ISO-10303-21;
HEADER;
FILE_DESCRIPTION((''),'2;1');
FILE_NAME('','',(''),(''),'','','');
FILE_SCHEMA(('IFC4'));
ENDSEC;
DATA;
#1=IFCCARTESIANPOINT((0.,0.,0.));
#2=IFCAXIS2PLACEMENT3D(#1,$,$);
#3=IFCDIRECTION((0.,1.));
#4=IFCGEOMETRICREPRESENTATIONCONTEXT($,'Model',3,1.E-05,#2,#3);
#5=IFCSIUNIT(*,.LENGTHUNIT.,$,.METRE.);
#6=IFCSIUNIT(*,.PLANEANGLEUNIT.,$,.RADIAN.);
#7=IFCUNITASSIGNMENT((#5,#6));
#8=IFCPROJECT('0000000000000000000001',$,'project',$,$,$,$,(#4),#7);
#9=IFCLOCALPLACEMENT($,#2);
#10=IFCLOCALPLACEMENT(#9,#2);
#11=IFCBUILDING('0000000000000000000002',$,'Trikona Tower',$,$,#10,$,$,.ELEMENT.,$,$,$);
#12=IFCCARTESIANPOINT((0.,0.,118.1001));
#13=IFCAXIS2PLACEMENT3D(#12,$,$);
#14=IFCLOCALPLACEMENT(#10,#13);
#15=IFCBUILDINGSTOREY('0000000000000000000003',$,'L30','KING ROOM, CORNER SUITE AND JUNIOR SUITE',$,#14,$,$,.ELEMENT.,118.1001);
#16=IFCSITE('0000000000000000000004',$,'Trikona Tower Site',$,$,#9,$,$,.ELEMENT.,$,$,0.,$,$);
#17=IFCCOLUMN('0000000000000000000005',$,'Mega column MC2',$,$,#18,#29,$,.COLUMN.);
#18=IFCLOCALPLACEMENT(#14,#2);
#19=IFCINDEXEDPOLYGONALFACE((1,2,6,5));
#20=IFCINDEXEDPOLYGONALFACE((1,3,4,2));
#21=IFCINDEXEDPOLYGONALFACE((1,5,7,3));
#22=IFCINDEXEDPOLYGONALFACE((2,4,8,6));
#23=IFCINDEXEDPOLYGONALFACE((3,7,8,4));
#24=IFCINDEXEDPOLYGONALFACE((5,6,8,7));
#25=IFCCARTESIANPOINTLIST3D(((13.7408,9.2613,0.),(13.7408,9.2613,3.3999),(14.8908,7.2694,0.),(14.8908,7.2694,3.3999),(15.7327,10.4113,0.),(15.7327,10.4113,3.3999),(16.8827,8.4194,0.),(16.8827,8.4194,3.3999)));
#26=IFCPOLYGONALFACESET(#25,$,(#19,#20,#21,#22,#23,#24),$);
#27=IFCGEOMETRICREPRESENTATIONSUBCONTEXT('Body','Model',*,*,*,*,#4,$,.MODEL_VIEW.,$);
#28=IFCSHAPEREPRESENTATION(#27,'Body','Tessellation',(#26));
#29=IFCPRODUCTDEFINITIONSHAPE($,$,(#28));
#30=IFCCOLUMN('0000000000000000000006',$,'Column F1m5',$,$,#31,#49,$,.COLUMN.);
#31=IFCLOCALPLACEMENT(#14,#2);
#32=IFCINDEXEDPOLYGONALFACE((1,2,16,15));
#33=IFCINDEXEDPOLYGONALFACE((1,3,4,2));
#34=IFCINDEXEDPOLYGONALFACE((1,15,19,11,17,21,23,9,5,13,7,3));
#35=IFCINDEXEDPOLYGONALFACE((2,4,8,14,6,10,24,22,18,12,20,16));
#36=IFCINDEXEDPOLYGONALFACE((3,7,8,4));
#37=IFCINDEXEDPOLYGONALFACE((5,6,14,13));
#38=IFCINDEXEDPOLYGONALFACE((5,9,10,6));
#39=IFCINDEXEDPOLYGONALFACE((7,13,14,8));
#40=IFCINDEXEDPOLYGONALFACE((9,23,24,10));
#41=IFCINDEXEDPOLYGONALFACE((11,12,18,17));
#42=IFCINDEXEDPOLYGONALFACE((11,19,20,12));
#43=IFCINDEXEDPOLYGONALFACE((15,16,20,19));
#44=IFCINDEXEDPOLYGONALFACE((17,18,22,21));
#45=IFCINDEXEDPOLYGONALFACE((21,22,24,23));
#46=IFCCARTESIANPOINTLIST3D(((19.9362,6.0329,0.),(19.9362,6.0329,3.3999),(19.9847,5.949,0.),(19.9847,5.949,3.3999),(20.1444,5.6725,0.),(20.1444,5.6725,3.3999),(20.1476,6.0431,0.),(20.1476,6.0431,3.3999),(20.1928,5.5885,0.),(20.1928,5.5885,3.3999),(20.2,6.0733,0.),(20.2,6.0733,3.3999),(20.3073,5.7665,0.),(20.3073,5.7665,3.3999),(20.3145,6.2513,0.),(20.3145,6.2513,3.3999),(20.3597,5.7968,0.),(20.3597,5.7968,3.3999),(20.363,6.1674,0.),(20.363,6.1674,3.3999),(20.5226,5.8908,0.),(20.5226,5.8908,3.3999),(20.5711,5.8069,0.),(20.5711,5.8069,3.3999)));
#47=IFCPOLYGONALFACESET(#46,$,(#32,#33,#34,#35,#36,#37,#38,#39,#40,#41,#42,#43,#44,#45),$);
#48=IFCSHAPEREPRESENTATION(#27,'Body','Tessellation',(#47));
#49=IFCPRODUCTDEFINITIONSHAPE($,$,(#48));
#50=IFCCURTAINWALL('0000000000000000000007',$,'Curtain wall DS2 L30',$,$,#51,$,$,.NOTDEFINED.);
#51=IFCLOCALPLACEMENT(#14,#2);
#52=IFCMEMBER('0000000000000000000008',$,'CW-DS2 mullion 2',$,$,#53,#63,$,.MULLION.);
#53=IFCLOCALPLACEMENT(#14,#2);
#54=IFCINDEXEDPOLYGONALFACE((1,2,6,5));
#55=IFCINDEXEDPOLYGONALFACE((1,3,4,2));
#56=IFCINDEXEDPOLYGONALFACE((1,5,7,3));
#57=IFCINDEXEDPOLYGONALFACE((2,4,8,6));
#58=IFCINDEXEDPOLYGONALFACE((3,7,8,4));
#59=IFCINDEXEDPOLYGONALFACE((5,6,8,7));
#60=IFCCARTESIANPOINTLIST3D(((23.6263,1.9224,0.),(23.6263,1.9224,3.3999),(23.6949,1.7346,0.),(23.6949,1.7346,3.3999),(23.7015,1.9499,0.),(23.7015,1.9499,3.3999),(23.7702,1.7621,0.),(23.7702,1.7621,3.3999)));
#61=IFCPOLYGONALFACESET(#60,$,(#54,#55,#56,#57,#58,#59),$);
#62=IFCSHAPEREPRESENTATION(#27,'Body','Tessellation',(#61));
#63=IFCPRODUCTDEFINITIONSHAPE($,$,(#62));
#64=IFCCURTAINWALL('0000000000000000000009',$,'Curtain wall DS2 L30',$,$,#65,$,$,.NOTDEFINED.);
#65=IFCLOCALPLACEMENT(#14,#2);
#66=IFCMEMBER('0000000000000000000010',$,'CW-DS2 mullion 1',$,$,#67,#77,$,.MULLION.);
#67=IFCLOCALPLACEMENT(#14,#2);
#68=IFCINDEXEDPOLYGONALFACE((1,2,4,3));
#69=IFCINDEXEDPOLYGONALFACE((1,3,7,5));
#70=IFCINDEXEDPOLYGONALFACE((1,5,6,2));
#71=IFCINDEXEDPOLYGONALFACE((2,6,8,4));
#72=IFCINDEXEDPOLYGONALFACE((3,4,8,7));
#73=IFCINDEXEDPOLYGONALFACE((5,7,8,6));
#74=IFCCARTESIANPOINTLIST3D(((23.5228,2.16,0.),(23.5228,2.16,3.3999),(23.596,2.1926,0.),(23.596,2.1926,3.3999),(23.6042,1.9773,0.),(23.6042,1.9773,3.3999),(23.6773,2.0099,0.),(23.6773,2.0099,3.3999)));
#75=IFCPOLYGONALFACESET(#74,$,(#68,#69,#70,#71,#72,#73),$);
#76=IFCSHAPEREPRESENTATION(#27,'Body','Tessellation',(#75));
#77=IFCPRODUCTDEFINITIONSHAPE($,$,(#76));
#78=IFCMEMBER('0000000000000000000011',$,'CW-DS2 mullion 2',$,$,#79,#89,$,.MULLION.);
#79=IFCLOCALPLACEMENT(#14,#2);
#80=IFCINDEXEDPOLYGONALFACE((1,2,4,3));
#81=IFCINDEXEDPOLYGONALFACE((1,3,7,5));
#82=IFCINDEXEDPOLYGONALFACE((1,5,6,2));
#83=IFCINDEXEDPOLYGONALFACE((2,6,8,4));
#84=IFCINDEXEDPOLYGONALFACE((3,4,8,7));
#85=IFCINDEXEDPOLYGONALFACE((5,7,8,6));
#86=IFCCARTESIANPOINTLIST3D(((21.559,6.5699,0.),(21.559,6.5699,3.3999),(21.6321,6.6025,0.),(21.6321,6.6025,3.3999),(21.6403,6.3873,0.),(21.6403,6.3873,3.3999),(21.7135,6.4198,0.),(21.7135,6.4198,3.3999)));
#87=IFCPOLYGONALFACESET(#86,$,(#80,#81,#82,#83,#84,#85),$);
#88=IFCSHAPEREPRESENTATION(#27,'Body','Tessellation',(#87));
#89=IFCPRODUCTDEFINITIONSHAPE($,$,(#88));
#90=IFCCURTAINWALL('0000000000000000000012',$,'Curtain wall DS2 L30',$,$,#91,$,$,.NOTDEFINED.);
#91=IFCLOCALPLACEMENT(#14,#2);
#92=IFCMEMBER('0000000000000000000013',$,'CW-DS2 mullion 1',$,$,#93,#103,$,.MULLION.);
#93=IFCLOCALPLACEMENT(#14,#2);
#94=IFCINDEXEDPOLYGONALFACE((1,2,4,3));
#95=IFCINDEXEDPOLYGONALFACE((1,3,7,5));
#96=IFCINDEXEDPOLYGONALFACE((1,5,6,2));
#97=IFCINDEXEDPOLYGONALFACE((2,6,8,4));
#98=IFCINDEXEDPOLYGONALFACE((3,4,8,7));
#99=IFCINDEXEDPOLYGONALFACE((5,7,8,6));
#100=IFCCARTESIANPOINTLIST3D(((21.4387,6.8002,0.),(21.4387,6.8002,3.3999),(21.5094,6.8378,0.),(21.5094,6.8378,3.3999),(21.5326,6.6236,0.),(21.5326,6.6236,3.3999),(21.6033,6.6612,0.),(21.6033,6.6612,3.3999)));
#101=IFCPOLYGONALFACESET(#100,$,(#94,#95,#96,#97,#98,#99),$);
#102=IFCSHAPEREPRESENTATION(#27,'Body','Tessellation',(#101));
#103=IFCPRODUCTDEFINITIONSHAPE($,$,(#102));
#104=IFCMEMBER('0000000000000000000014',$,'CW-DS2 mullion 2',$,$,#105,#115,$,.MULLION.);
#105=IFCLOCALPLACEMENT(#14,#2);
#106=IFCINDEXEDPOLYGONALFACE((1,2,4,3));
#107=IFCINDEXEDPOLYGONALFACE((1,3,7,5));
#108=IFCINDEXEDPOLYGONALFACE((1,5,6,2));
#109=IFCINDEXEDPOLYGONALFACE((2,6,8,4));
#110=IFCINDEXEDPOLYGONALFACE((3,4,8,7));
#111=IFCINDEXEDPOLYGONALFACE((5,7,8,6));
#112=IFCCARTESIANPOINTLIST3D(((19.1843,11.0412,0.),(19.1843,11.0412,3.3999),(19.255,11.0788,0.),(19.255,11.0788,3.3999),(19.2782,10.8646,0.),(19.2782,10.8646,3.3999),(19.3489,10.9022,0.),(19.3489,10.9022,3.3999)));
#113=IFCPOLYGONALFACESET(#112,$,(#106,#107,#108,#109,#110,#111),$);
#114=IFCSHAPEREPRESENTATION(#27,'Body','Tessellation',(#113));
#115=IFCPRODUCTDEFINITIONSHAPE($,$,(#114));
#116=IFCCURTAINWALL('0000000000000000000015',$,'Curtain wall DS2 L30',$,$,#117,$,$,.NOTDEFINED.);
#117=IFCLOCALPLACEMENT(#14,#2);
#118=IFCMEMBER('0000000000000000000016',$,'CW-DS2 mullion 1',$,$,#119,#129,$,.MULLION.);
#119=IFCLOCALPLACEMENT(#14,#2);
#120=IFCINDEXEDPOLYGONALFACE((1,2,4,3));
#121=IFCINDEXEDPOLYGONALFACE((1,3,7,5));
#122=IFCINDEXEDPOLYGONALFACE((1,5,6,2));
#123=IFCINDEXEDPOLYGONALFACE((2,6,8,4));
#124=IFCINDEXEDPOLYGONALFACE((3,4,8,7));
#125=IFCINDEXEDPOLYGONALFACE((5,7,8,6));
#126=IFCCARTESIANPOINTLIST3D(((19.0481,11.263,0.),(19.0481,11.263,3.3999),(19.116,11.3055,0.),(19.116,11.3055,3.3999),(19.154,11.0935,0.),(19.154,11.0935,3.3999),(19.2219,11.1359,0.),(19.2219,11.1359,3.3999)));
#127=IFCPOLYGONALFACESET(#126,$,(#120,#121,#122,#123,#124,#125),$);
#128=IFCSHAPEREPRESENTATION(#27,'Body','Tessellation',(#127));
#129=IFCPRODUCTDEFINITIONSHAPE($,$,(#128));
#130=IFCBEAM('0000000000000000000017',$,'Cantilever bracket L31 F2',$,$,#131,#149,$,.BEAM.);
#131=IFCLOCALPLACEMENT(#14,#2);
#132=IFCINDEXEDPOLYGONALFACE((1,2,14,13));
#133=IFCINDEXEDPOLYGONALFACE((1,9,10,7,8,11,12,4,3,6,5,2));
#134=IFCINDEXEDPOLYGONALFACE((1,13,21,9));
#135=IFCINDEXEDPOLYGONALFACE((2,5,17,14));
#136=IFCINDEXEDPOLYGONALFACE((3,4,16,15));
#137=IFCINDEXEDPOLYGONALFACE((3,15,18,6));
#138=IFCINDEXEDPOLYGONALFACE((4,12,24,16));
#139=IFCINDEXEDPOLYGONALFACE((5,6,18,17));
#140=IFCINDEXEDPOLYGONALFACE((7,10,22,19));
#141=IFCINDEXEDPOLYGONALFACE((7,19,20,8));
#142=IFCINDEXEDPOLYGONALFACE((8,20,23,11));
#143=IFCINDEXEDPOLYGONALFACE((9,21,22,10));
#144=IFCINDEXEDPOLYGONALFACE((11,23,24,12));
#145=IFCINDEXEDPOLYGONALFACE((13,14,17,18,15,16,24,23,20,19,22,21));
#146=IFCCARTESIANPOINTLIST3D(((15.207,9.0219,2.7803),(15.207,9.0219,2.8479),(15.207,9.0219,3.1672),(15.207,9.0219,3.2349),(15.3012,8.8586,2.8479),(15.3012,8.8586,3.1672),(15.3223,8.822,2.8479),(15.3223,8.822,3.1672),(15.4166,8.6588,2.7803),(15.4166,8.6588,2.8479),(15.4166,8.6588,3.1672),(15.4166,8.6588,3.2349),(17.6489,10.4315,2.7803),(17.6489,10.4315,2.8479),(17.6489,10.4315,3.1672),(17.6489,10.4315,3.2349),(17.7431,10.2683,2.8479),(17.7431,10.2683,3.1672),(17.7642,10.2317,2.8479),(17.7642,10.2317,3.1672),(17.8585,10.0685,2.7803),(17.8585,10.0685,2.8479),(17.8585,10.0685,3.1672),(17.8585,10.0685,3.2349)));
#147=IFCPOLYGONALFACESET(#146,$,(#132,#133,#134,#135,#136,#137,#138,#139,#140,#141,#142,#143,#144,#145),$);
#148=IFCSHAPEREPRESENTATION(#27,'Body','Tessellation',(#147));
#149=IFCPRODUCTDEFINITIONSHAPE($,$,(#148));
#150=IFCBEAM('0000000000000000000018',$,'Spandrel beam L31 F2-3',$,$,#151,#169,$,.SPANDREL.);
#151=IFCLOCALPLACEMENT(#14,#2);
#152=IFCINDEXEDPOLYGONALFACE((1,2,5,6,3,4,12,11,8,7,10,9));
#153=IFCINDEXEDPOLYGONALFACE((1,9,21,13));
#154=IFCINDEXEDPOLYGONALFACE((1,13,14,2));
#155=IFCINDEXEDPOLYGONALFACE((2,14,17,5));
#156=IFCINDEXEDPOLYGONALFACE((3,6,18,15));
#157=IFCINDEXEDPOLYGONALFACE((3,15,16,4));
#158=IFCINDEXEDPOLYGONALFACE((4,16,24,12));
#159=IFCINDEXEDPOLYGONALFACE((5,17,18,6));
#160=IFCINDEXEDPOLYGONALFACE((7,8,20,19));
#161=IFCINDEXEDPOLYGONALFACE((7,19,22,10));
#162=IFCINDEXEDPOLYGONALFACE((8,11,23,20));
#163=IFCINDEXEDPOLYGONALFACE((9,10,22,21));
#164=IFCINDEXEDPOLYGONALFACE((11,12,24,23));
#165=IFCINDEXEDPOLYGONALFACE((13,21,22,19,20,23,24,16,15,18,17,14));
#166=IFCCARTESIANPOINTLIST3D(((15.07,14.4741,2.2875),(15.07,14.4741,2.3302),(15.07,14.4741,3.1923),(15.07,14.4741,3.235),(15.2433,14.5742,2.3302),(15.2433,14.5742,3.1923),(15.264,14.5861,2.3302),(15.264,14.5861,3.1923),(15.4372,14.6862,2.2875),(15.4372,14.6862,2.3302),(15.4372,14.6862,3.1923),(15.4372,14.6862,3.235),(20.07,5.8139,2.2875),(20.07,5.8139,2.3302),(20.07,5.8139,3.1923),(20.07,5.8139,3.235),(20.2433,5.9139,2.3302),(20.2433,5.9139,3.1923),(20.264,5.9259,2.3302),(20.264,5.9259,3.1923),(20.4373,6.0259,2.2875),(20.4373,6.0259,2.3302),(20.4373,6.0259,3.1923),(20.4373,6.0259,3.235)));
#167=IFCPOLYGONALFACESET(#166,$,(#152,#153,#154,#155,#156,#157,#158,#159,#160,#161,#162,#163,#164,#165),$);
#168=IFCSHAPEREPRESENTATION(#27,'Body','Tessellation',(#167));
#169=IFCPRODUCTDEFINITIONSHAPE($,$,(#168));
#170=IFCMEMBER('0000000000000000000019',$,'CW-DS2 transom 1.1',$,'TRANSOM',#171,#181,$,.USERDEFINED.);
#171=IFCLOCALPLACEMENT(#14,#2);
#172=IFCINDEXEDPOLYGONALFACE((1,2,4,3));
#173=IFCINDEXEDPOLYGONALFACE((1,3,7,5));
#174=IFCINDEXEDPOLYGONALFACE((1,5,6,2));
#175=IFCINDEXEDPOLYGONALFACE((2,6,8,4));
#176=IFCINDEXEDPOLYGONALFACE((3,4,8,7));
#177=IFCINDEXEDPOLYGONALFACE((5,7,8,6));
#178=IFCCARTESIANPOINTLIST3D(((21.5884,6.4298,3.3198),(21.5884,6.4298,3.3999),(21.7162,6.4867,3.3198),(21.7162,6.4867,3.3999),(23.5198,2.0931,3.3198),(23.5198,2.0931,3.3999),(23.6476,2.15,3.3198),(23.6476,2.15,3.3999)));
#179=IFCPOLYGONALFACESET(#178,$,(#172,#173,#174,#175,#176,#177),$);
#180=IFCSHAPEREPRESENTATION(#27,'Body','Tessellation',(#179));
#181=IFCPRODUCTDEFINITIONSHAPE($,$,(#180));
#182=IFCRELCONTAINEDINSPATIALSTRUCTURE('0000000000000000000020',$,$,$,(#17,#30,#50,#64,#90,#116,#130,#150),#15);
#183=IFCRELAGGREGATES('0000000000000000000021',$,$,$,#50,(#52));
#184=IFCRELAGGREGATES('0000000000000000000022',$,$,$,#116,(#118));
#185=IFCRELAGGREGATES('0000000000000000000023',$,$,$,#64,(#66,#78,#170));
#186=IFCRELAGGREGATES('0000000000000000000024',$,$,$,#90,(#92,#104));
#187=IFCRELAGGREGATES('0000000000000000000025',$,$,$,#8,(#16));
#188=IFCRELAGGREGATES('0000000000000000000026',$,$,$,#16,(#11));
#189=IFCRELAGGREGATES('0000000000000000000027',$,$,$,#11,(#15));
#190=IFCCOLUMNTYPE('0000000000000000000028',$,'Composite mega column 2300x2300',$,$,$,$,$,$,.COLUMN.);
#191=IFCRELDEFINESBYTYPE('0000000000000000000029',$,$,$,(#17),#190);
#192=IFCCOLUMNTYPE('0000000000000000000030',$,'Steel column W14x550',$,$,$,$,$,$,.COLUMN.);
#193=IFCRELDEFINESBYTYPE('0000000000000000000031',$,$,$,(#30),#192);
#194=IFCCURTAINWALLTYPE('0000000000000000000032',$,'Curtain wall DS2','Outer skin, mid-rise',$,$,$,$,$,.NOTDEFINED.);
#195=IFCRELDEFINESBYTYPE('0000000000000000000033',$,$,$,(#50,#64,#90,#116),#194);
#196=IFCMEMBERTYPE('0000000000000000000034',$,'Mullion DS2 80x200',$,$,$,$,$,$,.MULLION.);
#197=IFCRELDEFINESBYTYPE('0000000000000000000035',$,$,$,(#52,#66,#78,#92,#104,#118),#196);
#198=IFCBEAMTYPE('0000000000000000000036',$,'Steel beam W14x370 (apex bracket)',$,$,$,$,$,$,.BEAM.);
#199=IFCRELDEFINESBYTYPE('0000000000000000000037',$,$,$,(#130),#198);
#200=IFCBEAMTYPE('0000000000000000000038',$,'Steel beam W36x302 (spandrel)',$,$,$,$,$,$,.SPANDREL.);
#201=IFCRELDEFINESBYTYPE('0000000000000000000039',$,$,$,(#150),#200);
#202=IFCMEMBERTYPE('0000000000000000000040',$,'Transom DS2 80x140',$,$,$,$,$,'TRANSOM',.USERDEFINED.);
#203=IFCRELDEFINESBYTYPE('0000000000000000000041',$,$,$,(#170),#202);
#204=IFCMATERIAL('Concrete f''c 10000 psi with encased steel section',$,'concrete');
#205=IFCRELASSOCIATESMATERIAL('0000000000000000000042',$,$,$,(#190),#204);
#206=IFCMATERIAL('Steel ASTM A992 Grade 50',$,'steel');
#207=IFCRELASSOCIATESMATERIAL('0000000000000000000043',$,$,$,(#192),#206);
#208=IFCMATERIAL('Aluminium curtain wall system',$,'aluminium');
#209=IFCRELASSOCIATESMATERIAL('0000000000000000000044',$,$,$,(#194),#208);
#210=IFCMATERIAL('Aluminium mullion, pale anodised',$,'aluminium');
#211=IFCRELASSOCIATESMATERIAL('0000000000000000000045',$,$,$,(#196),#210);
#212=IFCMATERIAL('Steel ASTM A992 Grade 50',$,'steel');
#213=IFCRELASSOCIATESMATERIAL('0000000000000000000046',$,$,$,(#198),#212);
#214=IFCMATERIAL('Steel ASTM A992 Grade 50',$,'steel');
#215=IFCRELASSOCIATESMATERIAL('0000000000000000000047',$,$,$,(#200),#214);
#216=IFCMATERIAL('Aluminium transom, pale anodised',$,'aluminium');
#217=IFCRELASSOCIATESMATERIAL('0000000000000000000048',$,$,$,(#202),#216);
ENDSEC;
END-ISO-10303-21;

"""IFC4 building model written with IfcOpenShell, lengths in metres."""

from ifc_helpers import new_model, si_unit, direction, frame, origin, origin_2d, place, context, subcontext, project, spatial, rectangle, i_section, extrude, material, material_profile, profile_set, type_object, element, aggregate, save


model = new_model("IFC4")

# Units and contexts
model_context = context("Model", 3, precision=1e-05, world=origin(), true_north=direction((0.0, 1.0)))
body_context = subcontext(model_context, "Body", "Model", "MODEL_VIEW")
ifc_project = project(units=[si_unit("LENGTHUNIT", "METRE"), si_unit("PLANEANGLEUNIT", "RADIAN")], contexts=[model_context])

# Site, building, storey
site_placement = place(None, origin())
site = spatial("IfcSite", under=ifc_project, at=site_placement, Name="Trikona Tower Site", CompositionType="ELEMENT", RefElevation=0.0)
building_placement = place(site_placement, origin())
building = spatial("IfcBuilding", under=site, at=building_placement, Name="Trikona Tower", CompositionType="ELEMENT")
storey_placement = place(building_placement, frame((0.0, 0.0, 118.1001)))
storey = spatial("IfcBuildingStorey", under=building, at=storey_placement, Name="L30", Description="KING ROOM, CORNER SUITE AND JUNIOR SUITE", CompositionType="ELEMENT", Elevation=118.1001)

# Columns
ifc_material_1 = material(Name="Concrete f'c 10000 psi with encased steel section", Category="concrete")
ifc_material_profile_1 = material_profile(ifc_material_1, rectangle(XDim=2.3, YDim=2.3, at=origin_2d()), Name="MC2300")
ifc_profile_set_1 = profile_set([ifc_material_profile_1], Name="Concrete f'c 10000 psi with encased steel section")
column_type_1 = type_object("IfcColumnType", Name="Composite mega column 2300x2300", PredefinedType="COLUMN", material=ifc_profile_set_1)
column_1_placement = place(storey_placement, frame((15.3118, 8.8403, 0.0), z_axis=(0.0, 0.0, 1.0), x_axis=(0.866025, 0.5, 0.0)))
element("IfcColumn", 1, at=column_1_placement, inside=storey, type_object=column_type_1, Name="Mega column MC2", PredefinedType="COLUMN", context=body_context, shape_type="SweptSolid", body=[
    extrude(rectangle(XDim=2.3, YDim=2.3, at=origin_2d()), origin(), (0.0, 0.0, 1.0), 3.3999),
])
ifc_material_2 = material(Name="Steel ASTM A992 Grade 50", Category="steel")
ifc_material_profile_2 = material_profile(ifc_material_2, i_section(OverallWidth=0.4368, OverallDepth=0.5132, WebThickness=0.0605, FlangeThickness=0.0969, at=origin_2d()), Name="W14X550")
ifc_profile_set_2 = profile_set([ifc_material_profile_2], Name="Steel ASTM A992 Grade 50")
column_type_2 = type_object("IfcColumnType", Name="Steel column W14x550", PredefinedType="COLUMN", material=ifc_profile_set_2)
column_2_placement = place(storey_placement, frame((20.2537, 5.9199, 0.0), z_axis=(0.0, 0.0, 1.0), x_axis=(0.866025, 0.5, 0.0)))
element("IfcColumn", 2, at=column_2_placement, inside=storey, type_object=column_type_2, Name="Column F1m5", PredefinedType="COLUMN", context=body_context, shape_type="SweptSolid", body=[
    extrude(i_section(OverallWidth=0.4368, OverallDepth=0.5132, WebThickness=0.0605, FlangeThickness=0.0969, at=origin_2d()), origin(), (0.0, 0.0, 1.0), 3.3999),
])

# Curtain wall, member
ifc_material_3 = material(Name="Aluminium curtain wall system", Category="aluminium")
curtain_wall_type = type_object("IfcCurtainWallType", Name="Curtain wall DS2", Description="Outer skin, mid-rise", PredefinedType="NOTDEFINED", material=ifc_material_3)
curtain_wall_1_placement = place(storey_placement, origin())
curtain_wall_1 = element("IfcCurtainWall", 3, at=curtain_wall_1_placement, inside=storey, type_object=curtain_wall_type, Name="Curtain wall DS2 L30", PredefinedType="NOTDEFINED")
ifc_material_4 = material(Name="Aluminium mullion, pale anodised", Category="aluminium")
ifc_material_profile_3 = material_profile(ifc_material_4, rectangle(XDim=0.0801, YDim=0.2, at=origin_2d()), Name="MUL-DS2")
ifc_profile_set_3 = profile_set([ifc_material_profile_3], Name="Aluminium mullion, pale anodised")
member_type_1 = type_object("IfcMemberType", Name="Mullion DS2 80x200", PredefinedType="MULLION", material=ifc_profile_set_3)
member_1_placement = place(storey_placement, frame((23.6982, 1.8423, 0.0), z_axis=(0.0, 0.0, 1.0), x_axis=(-0.939254, -0.343223, 0.0)))
member_1 = element("IfcMember", 4, at=member_1_placement, type_object=member_type_1, Name="CW-DS2 mullion 2", PredefinedType="MULLION", context=body_context, shape_type="SweptSolid", body=[
    extrude(rectangle(XDim=0.0801, YDim=0.2, at=origin_2d()), origin(), (0.0, 0.0, 1.0), 3.3999),
])
aggregate(curtain_wall_1, [member_1])

# Curtain walls, members
curtain_wall_2_placement = place(storey_placement, origin())
curtain_wall_2 = element("IfcCurtainWall", 5, at=curtain_wall_2_placement, inside=storey, type_object=curtain_wall_type, Name="Curtain wall DS2 L30", PredefinedType="NOTDEFINED")
member_2_placement = place(storey_placement, frame((23.6001, 2.085, 0.0), z_axis=(0.0, 0.0, 1.0), x_axis=(-0.913501, -0.406836, 0.0)))
member_2 = element("IfcMember", 6, at=member_2_placement, type_object=member_type_1, Name="CW-DS2 mullion 1", PredefinedType="MULLION", context=body_context, shape_type="SweptSolid", body=[
    extrude(rectangle(XDim=0.0801, YDim=0.2, at=origin_2d()), origin(), (0.0, 0.0, 1.0), 3.3999),
])
member_3_placement = place(storey_placement, frame((21.6362, 6.4949, 0.0), z_axis=(0.0, 0.0, 1.0), x_axis=(-0.913501, -0.406836, 0.0)))
member_3 = element("IfcMember", 7, at=member_3_placement, type_object=member_type_1, Name="CW-DS2 mullion 2", PredefinedType="MULLION", context=body_context, shape_type="SweptSolid", body=[
    extrude(rectangle(XDim=0.0801, YDim=0.2, at=origin_2d()), origin(), (0.0, 0.0, 1.0), 3.3999),
])
curtain_wall_3_placement = place(storey_placement, origin())
curtain_wall_3 = element("IfcCurtainWall", 8, at=curtain_wall_3_placement, inside=storey, type_object=curtain_wall_type, Name="Curtain wall DS2 L30", PredefinedType="NOTDEFINED")
member_4_placement = place(storey_placement, frame((21.521, 6.7307, 0.0), z_axis=(0.0, 0.0, 1.0), x_axis=(-0.882996, -0.46938, 0.0)))
member_4 = element("IfcMember", 9, at=member_4_placement, type_object=member_type_1, Name="CW-DS2 mullion 1", PredefinedType="MULLION", context=body_context, shape_type="SweptSolid", body=[
    extrude(rectangle(XDim=0.0801, YDim=0.2, at=origin_2d()), origin(), (0.0, 0.0, 1.0), 3.3999),
])
member_5_placement = place(storey_placement, frame((19.2666, 10.9717, 0.0), z_axis=(0.0, 0.0, 1.0), x_axis=(-0.882996, -0.46938, 0.0)))
member_5 = element("IfcMember", 10, at=member_5_placement, type_object=member_type_1, Name="CW-DS2 mullion 2", PredefinedType="MULLION", context=body_context, shape_type="SweptSolid", body=[
    extrude(rectangle(XDim=0.0801, YDim=0.2, at=origin_2d()), origin(), (0.0, 0.0, 1.0), 3.3999),
])

# Curtain wall, member
curtain_wall_4_placement = place(storey_placement, origin())
curtain_wall_4 = element("IfcCurtainWall", 11, at=curtain_wall_4_placement, inside=storey, type_object=curtain_wall_type, Name="Curtain wall DS2 L30", PredefinedType="NOTDEFINED")
member_6_placement = place(storey_placement, frame((19.135, 11.1995, 0.0), z_axis=(0.0, 0.0, 1.0), x_axis=(-0.847998, -0.529999, 0.0)))
member_6 = element("IfcMember", 12, at=member_6_placement, type_object=member_type_1, Name="CW-DS2 mullion 1", PredefinedType="MULLION", context=body_context, shape_type="SweptSolid", body=[
    extrude(rectangle(XDim=0.0801, YDim=0.2, at=origin_2d()), origin(), (0.0, 0.0, 1.0), 3.3999),
])
aggregate(curtain_wall_4, [member_6])

# Beams
ifc_material_5 = material(Name="Steel ASTM A992 Grade 50", Category="steel")
ifc_material_profile_4 = material_profile(ifc_material_5, i_section(OverallWidth=0.4192, OverallDepth=0.4546, WebThickness=0.0422, FlangeThickness=0.0676, at=origin_2d()), Name="W14X370")
ifc_profile_set_4 = profile_set([ifc_material_profile_4], Name="Steel ASTM A992 Grade 50")
beam_type_1 = type_object("IfcBeamType", Name="Steel beam W14x370 (apex bracket)", PredefinedType="BEAM", material=ifc_profile_set_4)
beam_1_placement = place(storey_placement, frame((15.3118, 8.8403, 3.0076), z_axis=(0.86605, 0.499957, 0.0), x_axis=(-0.499957, 0.86605, 0.0)))
element("IfcBeam", 13, at=beam_1_placement, inside=storey, type_object=beam_type_1, Name="Cantilever bracket L31 F2", PredefinedType="BEAM", context=body_context, shape_type="SweptSolid", body=[
    extrude(i_section(OverallWidth=0.4192, OverallDepth=0.4546, WebThickness=0.0422, FlangeThickness=0.0676, at=origin_2d()), origin(), (0.0, 0.0, 1.0), 2.8196),
])
ifc_material_6 = material(Name="Steel ASTM A992 Grade 50", Category="steel")
ifc_material_profile_5 = material_profile(ifc_material_6, i_section(OverallWidth=0.4241, OverallDepth=0.9475, WebThickness=0.0239, FlangeThickness=0.0427, at=origin_2d()), Name="W36X302")
ifc_profile_set_5 = profile_set([ifc_material_profile_5], Name="Steel ASTM A992 Grade 50")
beam_type_2 = type_object("IfcBeamType", Name="Steel beam W36x302 (spandrel)", PredefinedType="SPANDREL", material=ifc_profile_set_5)
beam_2_placement = place(storey_placement, frame((20.2537, 5.9199, 2.7612), z_axis=(-0.500004, 0.866023, 0.0), x_axis=(-0.866023, -0.500004, 0.0)))
element("IfcBeam", 14, at=beam_2_placement, inside=storey, type_object=beam_type_2, Name="Spandrel beam L31 F2-3", PredefinedType="SPANDREL", context=body_context, shape_type="SweptSolid", body=[
    extrude(i_section(OverallWidth=0.4241, OverallDepth=0.9475, WebThickness=0.0239, FlangeThickness=0.0427, at=origin_2d()), origin(), (0.0, 0.0, 1.0), 10.0),
])

# Member
ifc_material_7 = material(Name="Aluminium transom, pale anodised", Category="aluminium")
ifc_material_profile_6 = material_profile(ifc_material_7, rectangle(XDim=0.1399, YDim=0.0801, at=origin_2d()), Name="TRN-DS2")
ifc_profile_set_6 = profile_set([ifc_material_profile_6], Name="Aluminium transom, pale anodised")
member_type_2 = type_object("IfcMemberType", Name="Transom DS2 80x140", ElementType="TRANSOM", PredefinedType="USERDEFINED", material=ifc_profile_set_6)
member_7_placement = place(storey_placement, frame((23.5837, 2.1216, 3.3599), z_axis=(-0.40684, 0.9135, 0.0), x_axis=(-0.9135, -0.40684, 0.0)))
member_7 = element("IfcMember", 15, at=member_7_placement, type_object=member_type_2, Name="CW-DS2 transom 1.1", ObjectType="TRANSOM", PredefinedType="USERDEFINED", context=body_context, shape_type="SweptSolid", body=[
    extrude(rectangle(XDim=0.1399, YDim=0.0801, at=origin_2d()), origin(), (0.0, 0.0, 1.0), 4.7473),
])

aggregate(curtain_wall_2, [member_2, member_3, member_7])
aggregate(curtain_wall_3, [member_4, member_5])

save(model, "model.ifc")
